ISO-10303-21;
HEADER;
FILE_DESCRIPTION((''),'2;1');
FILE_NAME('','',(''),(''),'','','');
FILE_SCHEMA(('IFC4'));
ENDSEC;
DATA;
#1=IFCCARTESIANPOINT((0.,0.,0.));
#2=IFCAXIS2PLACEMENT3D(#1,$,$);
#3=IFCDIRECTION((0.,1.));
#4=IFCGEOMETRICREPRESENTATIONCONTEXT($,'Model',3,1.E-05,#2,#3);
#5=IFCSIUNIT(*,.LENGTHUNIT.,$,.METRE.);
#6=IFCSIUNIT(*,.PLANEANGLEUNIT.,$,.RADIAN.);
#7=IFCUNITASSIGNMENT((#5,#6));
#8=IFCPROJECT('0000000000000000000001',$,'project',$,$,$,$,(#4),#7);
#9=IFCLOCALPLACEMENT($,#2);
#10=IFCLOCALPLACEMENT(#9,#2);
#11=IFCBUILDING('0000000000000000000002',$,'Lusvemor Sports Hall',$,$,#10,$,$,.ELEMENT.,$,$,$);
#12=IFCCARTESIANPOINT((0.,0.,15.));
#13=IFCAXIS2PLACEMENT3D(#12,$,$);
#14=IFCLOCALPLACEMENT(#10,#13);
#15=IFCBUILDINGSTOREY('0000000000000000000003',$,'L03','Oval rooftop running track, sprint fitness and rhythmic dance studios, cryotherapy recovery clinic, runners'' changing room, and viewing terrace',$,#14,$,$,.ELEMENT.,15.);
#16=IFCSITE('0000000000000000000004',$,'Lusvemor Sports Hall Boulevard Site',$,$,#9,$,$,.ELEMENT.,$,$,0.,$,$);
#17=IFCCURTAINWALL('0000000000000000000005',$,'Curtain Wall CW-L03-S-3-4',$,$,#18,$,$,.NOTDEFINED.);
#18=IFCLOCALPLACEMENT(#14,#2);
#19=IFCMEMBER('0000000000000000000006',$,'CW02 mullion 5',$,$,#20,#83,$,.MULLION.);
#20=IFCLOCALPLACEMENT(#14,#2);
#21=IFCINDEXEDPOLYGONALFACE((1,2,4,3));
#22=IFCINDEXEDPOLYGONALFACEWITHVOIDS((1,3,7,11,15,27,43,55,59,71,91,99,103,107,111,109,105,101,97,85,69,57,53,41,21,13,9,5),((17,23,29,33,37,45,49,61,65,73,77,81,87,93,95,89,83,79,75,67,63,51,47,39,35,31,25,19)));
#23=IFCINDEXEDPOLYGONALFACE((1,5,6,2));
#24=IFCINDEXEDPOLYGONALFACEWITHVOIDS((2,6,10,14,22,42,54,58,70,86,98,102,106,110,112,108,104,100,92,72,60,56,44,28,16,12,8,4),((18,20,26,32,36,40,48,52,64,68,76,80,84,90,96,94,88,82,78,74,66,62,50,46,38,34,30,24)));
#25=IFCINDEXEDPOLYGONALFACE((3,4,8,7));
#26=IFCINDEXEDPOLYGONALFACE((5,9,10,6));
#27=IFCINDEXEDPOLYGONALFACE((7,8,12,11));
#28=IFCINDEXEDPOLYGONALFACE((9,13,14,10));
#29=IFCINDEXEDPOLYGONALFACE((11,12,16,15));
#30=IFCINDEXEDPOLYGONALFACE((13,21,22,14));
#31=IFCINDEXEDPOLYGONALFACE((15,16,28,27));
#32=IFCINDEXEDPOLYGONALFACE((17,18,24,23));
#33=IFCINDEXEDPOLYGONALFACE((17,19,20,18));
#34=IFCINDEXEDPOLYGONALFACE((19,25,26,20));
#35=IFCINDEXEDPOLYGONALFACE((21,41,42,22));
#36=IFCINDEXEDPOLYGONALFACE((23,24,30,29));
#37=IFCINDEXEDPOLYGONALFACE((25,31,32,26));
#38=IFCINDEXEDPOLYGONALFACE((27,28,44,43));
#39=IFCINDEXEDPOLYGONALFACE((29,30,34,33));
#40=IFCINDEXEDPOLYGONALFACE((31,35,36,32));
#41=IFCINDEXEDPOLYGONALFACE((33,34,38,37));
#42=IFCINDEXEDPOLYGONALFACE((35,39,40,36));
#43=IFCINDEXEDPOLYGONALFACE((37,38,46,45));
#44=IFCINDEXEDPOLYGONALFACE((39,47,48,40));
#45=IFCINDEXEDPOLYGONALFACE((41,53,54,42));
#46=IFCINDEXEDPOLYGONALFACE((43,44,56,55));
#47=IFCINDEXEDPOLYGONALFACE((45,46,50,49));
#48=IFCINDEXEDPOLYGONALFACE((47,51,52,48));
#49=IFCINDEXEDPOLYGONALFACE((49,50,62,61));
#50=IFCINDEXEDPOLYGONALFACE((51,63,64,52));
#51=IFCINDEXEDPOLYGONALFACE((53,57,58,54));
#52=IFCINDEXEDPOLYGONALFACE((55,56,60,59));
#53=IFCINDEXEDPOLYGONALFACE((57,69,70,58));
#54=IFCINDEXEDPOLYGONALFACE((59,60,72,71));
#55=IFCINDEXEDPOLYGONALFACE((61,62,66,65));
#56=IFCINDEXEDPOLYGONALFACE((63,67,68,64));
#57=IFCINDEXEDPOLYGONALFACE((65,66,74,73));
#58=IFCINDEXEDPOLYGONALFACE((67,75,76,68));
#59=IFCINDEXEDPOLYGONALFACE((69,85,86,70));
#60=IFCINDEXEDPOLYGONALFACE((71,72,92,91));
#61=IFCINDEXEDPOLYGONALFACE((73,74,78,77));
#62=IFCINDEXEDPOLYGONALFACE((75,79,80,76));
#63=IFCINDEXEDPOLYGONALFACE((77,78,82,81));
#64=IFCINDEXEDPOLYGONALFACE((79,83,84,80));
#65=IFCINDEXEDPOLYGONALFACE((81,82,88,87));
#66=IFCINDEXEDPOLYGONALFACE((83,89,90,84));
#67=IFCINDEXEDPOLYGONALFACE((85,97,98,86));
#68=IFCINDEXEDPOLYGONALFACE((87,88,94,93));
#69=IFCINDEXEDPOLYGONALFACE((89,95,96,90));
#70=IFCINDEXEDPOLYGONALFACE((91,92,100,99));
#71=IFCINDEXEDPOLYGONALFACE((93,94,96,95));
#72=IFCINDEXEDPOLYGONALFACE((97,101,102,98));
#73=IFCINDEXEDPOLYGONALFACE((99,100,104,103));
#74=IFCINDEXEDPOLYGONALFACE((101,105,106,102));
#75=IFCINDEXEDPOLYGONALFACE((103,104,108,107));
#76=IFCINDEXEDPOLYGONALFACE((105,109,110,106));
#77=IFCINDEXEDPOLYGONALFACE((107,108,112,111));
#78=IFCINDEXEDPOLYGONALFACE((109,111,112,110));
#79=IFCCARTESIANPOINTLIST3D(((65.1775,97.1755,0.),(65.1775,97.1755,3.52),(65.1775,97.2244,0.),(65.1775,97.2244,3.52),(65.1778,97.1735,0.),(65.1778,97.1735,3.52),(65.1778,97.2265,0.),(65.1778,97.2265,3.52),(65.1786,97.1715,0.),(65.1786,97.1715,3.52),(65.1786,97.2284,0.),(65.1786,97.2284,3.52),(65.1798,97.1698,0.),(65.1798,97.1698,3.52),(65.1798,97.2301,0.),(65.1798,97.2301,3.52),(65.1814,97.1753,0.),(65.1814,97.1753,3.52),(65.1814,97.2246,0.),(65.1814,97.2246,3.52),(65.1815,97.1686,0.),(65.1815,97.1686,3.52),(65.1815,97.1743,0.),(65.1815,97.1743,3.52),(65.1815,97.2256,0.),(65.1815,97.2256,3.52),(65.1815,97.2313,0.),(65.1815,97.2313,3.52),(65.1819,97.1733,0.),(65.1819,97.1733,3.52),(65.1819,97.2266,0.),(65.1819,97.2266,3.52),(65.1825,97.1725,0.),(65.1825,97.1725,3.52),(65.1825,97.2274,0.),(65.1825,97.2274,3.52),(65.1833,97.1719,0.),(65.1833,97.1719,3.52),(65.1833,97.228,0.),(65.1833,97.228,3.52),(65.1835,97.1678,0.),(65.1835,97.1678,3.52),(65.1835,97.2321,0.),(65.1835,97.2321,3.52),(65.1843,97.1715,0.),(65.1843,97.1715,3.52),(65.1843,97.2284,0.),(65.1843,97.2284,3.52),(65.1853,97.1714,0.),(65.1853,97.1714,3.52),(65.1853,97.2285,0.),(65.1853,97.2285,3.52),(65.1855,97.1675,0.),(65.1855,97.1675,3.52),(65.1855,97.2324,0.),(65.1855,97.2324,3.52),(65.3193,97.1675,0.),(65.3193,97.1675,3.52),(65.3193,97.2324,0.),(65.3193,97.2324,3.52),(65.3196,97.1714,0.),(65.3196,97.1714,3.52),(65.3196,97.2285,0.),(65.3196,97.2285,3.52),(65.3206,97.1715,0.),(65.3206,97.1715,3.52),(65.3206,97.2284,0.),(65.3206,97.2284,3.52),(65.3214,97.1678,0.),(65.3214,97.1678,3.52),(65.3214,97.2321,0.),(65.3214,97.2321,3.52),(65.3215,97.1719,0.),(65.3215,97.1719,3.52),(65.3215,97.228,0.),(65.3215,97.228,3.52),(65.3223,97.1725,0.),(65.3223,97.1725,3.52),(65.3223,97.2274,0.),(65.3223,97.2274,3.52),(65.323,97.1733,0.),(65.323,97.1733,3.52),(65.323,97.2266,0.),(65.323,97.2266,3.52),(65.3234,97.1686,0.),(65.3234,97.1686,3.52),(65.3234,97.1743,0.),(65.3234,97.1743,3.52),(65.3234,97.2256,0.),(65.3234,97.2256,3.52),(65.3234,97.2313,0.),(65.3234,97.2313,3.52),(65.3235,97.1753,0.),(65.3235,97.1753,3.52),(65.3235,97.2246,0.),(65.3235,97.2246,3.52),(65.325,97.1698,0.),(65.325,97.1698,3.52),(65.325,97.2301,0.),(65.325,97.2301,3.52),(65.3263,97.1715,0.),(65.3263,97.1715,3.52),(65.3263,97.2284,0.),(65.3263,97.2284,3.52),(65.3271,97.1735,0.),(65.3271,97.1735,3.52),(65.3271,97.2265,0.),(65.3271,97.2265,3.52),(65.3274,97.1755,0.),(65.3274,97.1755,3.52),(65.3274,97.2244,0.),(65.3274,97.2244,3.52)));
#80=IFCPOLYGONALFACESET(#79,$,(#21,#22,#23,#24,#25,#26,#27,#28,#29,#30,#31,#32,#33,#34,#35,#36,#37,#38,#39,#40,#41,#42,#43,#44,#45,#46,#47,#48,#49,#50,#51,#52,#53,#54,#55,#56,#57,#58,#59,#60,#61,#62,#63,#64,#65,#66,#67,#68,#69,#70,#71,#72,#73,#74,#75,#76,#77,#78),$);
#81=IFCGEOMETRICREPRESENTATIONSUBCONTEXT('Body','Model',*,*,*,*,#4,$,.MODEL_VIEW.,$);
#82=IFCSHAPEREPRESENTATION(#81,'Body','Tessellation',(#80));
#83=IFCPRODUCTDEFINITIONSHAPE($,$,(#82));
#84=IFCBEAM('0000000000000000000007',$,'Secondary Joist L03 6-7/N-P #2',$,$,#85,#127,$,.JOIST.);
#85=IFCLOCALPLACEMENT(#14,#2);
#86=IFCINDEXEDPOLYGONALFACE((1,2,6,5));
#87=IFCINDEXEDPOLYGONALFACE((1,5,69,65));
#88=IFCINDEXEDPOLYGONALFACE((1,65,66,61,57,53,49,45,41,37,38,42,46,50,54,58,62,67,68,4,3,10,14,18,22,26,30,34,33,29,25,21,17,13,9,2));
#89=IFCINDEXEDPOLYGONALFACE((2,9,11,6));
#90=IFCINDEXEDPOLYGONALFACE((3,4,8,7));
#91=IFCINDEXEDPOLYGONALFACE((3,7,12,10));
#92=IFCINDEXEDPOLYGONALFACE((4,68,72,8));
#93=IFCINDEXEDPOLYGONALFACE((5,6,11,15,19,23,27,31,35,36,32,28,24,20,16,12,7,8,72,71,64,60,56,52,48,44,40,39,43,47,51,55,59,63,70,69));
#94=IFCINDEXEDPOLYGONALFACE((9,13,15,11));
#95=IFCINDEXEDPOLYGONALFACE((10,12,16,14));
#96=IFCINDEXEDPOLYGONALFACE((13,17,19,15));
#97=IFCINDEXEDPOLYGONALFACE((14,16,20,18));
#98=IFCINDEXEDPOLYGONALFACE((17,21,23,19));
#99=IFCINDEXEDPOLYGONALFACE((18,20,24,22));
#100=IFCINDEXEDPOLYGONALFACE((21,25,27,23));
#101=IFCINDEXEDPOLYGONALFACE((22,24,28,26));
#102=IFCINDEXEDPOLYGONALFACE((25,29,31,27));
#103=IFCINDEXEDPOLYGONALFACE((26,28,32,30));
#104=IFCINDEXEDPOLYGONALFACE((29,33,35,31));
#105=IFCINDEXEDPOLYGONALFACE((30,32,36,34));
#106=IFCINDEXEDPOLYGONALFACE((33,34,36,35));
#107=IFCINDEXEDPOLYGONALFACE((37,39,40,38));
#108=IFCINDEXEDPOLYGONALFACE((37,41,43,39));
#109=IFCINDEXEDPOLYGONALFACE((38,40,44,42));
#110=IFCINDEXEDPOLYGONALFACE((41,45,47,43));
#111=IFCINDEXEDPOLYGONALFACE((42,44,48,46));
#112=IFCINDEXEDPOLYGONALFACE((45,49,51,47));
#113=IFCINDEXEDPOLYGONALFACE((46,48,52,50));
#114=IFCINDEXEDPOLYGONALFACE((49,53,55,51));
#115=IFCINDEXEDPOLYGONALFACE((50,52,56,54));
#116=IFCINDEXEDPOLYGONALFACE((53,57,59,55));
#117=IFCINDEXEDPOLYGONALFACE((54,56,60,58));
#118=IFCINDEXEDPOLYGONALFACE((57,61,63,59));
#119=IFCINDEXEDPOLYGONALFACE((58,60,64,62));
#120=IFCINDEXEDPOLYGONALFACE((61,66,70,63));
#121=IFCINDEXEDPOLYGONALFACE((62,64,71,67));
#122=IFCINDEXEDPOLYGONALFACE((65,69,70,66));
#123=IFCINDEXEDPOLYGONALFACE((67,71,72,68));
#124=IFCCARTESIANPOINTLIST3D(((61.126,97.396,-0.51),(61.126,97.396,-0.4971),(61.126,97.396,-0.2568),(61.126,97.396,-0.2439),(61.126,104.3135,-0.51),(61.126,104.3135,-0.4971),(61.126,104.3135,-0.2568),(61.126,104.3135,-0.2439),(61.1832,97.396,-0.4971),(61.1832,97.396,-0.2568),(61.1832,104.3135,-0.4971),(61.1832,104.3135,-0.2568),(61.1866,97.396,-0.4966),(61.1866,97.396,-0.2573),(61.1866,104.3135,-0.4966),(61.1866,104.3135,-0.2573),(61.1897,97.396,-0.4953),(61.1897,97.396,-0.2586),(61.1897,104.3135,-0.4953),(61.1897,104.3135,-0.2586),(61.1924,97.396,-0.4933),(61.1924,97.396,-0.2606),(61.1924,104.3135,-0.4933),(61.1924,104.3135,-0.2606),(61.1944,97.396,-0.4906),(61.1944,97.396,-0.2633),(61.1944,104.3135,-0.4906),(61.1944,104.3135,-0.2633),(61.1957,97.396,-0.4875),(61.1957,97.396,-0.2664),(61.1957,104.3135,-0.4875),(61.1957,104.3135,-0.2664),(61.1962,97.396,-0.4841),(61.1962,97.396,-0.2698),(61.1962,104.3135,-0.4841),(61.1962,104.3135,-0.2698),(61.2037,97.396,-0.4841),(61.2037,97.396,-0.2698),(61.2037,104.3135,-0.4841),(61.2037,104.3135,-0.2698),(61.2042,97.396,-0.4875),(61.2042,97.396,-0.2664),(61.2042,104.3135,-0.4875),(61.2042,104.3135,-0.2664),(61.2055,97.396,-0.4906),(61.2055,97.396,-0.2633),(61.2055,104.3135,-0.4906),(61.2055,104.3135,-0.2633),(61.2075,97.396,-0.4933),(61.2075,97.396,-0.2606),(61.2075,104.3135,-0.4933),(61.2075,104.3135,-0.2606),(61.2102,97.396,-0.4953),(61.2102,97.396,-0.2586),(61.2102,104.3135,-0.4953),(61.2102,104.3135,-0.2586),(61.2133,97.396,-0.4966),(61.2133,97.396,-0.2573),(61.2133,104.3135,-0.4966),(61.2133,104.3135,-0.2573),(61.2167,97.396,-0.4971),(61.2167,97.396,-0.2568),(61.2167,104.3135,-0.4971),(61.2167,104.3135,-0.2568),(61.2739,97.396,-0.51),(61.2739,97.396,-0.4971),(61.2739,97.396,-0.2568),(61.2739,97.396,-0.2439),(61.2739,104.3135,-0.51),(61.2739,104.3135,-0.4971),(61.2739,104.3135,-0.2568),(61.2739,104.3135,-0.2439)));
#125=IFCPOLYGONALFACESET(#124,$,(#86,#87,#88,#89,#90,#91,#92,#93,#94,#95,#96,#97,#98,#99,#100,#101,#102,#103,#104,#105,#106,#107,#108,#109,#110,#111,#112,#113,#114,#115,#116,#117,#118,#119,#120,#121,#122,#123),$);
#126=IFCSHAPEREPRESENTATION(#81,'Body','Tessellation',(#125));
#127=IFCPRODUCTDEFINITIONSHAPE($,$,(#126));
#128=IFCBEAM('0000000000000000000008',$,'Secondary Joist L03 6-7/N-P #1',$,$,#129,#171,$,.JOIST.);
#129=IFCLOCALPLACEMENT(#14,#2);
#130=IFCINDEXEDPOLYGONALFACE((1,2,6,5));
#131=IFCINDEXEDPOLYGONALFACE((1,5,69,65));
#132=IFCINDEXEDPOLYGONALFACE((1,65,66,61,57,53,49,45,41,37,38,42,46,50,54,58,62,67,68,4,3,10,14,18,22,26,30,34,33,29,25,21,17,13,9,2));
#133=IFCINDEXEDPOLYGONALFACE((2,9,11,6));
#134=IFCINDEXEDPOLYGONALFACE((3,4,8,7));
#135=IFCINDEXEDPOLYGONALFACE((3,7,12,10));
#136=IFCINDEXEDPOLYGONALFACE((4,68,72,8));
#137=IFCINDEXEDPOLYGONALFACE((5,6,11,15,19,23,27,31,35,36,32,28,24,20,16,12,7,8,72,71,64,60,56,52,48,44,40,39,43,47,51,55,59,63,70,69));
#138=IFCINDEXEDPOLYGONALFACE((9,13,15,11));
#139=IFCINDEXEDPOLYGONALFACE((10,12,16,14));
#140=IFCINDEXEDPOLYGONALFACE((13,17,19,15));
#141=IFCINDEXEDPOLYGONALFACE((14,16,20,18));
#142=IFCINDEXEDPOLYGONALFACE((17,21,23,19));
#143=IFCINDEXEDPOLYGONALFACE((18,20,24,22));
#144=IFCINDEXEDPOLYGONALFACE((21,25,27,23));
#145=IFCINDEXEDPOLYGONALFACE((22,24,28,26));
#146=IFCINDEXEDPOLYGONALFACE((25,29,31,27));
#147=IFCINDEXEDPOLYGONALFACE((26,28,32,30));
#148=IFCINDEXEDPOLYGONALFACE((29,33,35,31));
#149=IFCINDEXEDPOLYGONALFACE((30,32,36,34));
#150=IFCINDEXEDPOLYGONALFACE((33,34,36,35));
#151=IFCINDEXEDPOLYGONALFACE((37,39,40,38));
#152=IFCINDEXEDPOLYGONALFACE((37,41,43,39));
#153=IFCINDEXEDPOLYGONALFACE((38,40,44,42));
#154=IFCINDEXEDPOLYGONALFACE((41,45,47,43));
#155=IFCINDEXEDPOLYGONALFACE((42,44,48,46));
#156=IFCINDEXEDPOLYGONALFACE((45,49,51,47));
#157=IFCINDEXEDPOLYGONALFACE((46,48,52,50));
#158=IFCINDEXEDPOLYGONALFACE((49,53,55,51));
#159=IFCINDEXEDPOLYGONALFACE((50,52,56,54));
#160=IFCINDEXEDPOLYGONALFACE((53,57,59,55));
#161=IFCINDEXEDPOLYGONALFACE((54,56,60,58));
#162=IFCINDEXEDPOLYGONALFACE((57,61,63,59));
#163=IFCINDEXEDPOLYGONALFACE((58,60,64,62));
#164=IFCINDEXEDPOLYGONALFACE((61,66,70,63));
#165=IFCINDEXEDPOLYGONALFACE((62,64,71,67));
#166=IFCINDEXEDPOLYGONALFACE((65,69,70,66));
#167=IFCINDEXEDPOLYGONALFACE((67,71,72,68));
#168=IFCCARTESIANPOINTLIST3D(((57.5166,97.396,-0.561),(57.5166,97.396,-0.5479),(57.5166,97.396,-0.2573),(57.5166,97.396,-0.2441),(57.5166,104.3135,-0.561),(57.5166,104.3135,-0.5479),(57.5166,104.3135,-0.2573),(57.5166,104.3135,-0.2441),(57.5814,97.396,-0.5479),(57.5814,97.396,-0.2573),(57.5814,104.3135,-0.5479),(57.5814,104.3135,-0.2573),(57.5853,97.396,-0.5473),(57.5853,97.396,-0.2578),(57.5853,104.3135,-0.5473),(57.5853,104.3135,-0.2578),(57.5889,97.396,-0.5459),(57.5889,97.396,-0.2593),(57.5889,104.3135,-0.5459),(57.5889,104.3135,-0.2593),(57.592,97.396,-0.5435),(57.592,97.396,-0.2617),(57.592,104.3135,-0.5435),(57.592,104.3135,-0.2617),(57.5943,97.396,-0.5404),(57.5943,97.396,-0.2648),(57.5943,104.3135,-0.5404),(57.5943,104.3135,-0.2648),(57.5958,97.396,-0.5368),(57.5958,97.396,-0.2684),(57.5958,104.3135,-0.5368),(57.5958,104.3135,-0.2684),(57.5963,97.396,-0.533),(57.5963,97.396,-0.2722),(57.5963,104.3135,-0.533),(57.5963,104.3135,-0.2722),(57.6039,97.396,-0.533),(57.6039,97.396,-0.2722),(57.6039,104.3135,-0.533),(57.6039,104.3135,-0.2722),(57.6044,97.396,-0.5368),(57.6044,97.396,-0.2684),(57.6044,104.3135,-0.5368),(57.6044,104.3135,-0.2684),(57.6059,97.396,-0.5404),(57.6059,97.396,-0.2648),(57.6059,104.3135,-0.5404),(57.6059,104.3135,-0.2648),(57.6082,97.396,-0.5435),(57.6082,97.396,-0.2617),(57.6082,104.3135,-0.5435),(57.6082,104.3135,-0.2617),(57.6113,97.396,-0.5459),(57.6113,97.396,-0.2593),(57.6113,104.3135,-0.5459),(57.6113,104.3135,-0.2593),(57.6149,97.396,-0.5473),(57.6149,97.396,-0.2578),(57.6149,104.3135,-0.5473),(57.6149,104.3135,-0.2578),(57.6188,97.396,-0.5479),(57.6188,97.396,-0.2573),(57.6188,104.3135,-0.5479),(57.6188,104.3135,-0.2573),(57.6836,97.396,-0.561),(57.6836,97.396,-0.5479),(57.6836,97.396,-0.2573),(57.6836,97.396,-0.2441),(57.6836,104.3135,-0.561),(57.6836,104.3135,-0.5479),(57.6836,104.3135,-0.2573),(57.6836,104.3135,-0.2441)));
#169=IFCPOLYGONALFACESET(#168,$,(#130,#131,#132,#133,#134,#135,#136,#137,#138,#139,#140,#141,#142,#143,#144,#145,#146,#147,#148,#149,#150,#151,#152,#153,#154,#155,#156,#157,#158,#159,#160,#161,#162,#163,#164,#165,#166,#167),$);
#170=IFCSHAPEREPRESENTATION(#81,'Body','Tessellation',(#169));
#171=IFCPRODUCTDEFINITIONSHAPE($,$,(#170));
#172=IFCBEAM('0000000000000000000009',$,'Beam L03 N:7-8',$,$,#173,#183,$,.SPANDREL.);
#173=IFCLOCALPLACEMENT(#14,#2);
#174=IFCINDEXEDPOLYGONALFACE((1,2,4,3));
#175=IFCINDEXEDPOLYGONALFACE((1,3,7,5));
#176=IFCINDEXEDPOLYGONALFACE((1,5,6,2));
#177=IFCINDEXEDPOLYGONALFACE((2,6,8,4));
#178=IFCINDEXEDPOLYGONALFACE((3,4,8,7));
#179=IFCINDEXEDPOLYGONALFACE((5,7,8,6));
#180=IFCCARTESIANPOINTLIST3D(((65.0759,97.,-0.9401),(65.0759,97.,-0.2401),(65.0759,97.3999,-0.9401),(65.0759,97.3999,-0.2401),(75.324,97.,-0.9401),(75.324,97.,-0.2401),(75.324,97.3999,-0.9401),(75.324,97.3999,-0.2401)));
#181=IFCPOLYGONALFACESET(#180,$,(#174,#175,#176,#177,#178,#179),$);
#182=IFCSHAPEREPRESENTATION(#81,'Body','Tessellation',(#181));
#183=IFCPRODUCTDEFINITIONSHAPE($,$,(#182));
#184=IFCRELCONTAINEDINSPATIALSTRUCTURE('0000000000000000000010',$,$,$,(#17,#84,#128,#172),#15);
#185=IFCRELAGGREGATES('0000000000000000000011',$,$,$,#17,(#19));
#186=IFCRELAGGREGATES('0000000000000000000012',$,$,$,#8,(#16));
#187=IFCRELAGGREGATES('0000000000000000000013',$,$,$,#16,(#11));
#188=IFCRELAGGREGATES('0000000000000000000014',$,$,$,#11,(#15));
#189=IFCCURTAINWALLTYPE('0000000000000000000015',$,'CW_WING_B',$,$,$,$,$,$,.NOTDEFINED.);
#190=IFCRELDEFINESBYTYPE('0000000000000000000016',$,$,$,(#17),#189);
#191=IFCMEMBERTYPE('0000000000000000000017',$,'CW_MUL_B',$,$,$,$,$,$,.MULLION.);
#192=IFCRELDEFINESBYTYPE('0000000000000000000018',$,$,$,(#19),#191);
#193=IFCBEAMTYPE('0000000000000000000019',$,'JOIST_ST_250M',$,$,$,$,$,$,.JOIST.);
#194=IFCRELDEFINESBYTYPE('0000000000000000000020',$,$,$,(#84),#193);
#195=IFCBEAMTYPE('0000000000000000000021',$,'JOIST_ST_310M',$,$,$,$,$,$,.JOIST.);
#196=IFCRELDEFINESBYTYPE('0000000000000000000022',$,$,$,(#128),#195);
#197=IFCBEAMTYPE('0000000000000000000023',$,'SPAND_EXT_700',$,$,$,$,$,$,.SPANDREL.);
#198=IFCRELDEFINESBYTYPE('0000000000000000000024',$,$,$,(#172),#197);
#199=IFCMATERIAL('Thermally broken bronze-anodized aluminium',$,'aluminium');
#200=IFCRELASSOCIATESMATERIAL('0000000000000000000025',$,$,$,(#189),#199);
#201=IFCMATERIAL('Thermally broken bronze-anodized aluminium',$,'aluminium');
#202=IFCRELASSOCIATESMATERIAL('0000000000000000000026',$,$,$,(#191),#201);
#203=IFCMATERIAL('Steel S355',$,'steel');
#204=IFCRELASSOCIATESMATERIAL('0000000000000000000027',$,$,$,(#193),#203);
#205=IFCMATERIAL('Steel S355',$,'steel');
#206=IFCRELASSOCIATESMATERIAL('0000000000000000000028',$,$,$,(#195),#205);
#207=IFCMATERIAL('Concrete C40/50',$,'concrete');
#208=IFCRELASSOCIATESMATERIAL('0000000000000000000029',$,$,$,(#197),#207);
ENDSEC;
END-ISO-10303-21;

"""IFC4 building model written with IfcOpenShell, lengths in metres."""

from ifc_helpers import new_model, si_unit, direction, frame, origin, origin_2d, place, context, subcontext, project, spatial, rectangle, hollow_rectangle, i_section, extrude, material, material_profile, profile_set, type_object, element, aggregate, save


model = new_model("IFC4")

# Units and contexts
model_context = context("Model", 3, precision=1e-05, world=origin(), true_north=direction((0.0, 1.0)))
body_context = subcontext(model_context, "Body", "Model", "MODEL_VIEW")
ifc_project = project(units=[si_unit("LENGTHUNIT", "METRE"), si_unit("PLANEANGLEUNIT", "RADIAN")], contexts=[model_context])

# Site, building, storey
site_placement = place(None, origin())
site = spatial("IfcSite", under=ifc_project, at=site_placement, Name="Lusvemor Sports Hall Boulevard Site", CompositionType="ELEMENT", RefElevation=0.0)
building_placement = place(site_placement, origin())
building = spatial("IfcBuilding", under=site, at=building_placement, Name="Lusvemor Sports Hall", CompositionType="ELEMENT")
storey_placement = place(building_placement, frame((0.0, 0.0, 15.0)))
storey = spatial("IfcBuildingStorey", under=building, at=storey_placement, Name="L03", Description="Oval rooftop running track, sprint fitness and rhythmic dance studios, cryotherapy recovery clinic, runners' changing room, and viewing terrace", CompositionType="ELEMENT", Elevation=15.0)

# Curtain wall, member
ifc_material_1 = material(Name="Thermally broken bronze-anodized aluminium", Category="aluminium")
curtain_wall_type = type_object("IfcCurtainWallType", Name="CW_WING_B", PredefinedType="NOTDEFINED", material=ifc_material_1)
curtain_wall_placement = place(storey_placement, origin())
curtain_wall = element("IfcCurtainWall", 1, at=curtain_wall_placement, inside=storey, type_object=curtain_wall_type, Name="Curtain Wall CW-L03-S-3-4", PredefinedType="NOTDEFINED")
ifc_material_2 = material(Name="Thermally broken bronze-anodized aluminium", Category="aluminium")
ifc_material_profile_1 = material_profile(ifc_material_2, hollow_rectangle(XDim=0.0649, YDim=0.1499, WallThickness=0.0039, InnerFilletRadius=0.0039, OuterFilletRadius=0.0081, at=origin_2d()), Name="CWMUL150x65x4")
ifc_profile_set_1 = profile_set([ifc_material_profile_1], Name="Thermally broken bronze-anodized aluminium")
member_type = type_object("IfcMemberType", Name="CW_MUL_B", PredefinedType="MULLION", material=ifc_profile_set_1)
member_placement = place(storey_placement, frame((65.2524, 97.2, 0.0), z_axis=(0.0, 0.0, 1.0), x_axis=(0.0, -1.0, 0.0)))
member = element("IfcMember", 2, at=member_placement, type_object=member_type, Name="CW02 mullion 5", PredefinedType="MULLION", context=body_context, shape_type="SweptSolid", body=[
    extrude(hollow_rectangle(XDim=0.0649, YDim=0.1499, WallThickness=0.0039, InnerFilletRadius=0.0039, OuterFilletRadius=0.0081, at=origin_2d()), origin(), (0.0, 0.0, 1.0), 3.52),
])
aggregate(curtain_wall, [member])

# Beams
ifc_material_3 = material(Name="Steel S355", Category="steel")
ifc_material_profile_2 = material_profile(ifc_material_3, i_section(OverallWidth=0.1479, OverallDepth=0.2661, WebThickness=0.0076, FlangeThickness=0.0129, FilletRadius=0.0129, at=origin_2d()), Name="W250x44.8")
ifc_profile_set_2 = profile_set([ifc_material_profile_2], Name="Steel S355")
beam_type_1 = type_object("IfcBeamType", Name="JOIST_ST_250M", PredefinedType="JOIST", material=ifc_profile_set_2)
beam_1_placement = place(storey_placement, frame((61.2, 97.396, -0.377), z_axis=(0.0, 1.0, 0.0), x_axis=(-1.0, 0.0, 0.0)))
element("IfcBeam", 3, at=beam_1_placement, inside=storey, type_object=beam_type_1, Name="Secondary Joist L03 6-7/N-P #2", PredefinedType="JOIST", context=body_context, shape_type="SweptSolid", body=[
    extrude(i_section(OverallWidth=0.1479, OverallDepth=0.2661, WebThickness=0.0076, FlangeThickness=0.0129, FilletRadius=0.0129, at=origin_2d()), origin(), (0.0, 0.0, 1.0), 6.9175),
])
ifc_material_4 = material(Name="Steel S355", Category="steel")
ifc_material_profile_3 = material_profile(ifc_material_4, i_section(OverallWidth=0.167, OverallDepth=0.3169, WebThickness=0.0076, FlangeThickness=0.0132, FilletRadius=0.0149, at=origin_2d()), Name="W310x52.0")
ifc_profile_set_3 = profile_set([ifc_material_profile_3], Name="Steel S355")
beam_type_2 = type_object("IfcBeamType", Name="JOIST_ST_310M", PredefinedType="JOIST", material=ifc_profile_set_3)
beam_2_placement = place(storey_placement, frame((57.6001, 97.396, -0.4026), z_axis=(0.0, 1.0, 0.0), x_axis=(-1.0, 0.0, 0.0)))
element("IfcBeam", 4, at=beam_2_placement, inside=storey, type_object=beam_type_2, Name="Secondary Joist L03 6-7/N-P #1", PredefinedType="JOIST", context=body_context, shape_type="SweptSolid", body=[
    extrude(i_section(OverallWidth=0.167, OverallDepth=0.3169, WebThickness=0.0076, FlangeThickness=0.0132, FilletRadius=0.0149, at=origin_2d()), origin(), (0.0, 0.0, 1.0), 6.9175),
])
ifc_material_5 = material(Name="Concrete C40/50", Category="concrete")
ifc_material_profile_4 = material_profile(ifc_material_5, rectangle(XDim=0.3999, YDim=0.7, at=origin_2d()), Name="RC400x700")
ifc_profile_set_4 = profile_set([ifc_material_profile_4], Name="Concrete C40/50")
beam_type_3 = type_object("IfcBeamType", Name="SPAND_EXT_700", PredefinedType="SPANDREL", material=ifc_profile_set_4)
beam_3_placement = place(storey_placement, frame((65.0759, 97.2, -0.5901), z_axis=(1.0, 0.0, 0.0), x_axis=(0.0, 1.0, 0.0)))
element("IfcBeam", 5, at=beam_3_placement, inside=storey, type_object=beam_type_3, Name="Beam L03 N:7-8", PredefinedType="SPANDREL", context=body_context, shape_type="SweptSolid", body=[
    extrude(rectangle(XDim=0.3999, YDim=0.7, at=origin_2d()), origin(), (0.0, 0.0, 1.0), 10.248),
])

save(model, "model.ifc")
